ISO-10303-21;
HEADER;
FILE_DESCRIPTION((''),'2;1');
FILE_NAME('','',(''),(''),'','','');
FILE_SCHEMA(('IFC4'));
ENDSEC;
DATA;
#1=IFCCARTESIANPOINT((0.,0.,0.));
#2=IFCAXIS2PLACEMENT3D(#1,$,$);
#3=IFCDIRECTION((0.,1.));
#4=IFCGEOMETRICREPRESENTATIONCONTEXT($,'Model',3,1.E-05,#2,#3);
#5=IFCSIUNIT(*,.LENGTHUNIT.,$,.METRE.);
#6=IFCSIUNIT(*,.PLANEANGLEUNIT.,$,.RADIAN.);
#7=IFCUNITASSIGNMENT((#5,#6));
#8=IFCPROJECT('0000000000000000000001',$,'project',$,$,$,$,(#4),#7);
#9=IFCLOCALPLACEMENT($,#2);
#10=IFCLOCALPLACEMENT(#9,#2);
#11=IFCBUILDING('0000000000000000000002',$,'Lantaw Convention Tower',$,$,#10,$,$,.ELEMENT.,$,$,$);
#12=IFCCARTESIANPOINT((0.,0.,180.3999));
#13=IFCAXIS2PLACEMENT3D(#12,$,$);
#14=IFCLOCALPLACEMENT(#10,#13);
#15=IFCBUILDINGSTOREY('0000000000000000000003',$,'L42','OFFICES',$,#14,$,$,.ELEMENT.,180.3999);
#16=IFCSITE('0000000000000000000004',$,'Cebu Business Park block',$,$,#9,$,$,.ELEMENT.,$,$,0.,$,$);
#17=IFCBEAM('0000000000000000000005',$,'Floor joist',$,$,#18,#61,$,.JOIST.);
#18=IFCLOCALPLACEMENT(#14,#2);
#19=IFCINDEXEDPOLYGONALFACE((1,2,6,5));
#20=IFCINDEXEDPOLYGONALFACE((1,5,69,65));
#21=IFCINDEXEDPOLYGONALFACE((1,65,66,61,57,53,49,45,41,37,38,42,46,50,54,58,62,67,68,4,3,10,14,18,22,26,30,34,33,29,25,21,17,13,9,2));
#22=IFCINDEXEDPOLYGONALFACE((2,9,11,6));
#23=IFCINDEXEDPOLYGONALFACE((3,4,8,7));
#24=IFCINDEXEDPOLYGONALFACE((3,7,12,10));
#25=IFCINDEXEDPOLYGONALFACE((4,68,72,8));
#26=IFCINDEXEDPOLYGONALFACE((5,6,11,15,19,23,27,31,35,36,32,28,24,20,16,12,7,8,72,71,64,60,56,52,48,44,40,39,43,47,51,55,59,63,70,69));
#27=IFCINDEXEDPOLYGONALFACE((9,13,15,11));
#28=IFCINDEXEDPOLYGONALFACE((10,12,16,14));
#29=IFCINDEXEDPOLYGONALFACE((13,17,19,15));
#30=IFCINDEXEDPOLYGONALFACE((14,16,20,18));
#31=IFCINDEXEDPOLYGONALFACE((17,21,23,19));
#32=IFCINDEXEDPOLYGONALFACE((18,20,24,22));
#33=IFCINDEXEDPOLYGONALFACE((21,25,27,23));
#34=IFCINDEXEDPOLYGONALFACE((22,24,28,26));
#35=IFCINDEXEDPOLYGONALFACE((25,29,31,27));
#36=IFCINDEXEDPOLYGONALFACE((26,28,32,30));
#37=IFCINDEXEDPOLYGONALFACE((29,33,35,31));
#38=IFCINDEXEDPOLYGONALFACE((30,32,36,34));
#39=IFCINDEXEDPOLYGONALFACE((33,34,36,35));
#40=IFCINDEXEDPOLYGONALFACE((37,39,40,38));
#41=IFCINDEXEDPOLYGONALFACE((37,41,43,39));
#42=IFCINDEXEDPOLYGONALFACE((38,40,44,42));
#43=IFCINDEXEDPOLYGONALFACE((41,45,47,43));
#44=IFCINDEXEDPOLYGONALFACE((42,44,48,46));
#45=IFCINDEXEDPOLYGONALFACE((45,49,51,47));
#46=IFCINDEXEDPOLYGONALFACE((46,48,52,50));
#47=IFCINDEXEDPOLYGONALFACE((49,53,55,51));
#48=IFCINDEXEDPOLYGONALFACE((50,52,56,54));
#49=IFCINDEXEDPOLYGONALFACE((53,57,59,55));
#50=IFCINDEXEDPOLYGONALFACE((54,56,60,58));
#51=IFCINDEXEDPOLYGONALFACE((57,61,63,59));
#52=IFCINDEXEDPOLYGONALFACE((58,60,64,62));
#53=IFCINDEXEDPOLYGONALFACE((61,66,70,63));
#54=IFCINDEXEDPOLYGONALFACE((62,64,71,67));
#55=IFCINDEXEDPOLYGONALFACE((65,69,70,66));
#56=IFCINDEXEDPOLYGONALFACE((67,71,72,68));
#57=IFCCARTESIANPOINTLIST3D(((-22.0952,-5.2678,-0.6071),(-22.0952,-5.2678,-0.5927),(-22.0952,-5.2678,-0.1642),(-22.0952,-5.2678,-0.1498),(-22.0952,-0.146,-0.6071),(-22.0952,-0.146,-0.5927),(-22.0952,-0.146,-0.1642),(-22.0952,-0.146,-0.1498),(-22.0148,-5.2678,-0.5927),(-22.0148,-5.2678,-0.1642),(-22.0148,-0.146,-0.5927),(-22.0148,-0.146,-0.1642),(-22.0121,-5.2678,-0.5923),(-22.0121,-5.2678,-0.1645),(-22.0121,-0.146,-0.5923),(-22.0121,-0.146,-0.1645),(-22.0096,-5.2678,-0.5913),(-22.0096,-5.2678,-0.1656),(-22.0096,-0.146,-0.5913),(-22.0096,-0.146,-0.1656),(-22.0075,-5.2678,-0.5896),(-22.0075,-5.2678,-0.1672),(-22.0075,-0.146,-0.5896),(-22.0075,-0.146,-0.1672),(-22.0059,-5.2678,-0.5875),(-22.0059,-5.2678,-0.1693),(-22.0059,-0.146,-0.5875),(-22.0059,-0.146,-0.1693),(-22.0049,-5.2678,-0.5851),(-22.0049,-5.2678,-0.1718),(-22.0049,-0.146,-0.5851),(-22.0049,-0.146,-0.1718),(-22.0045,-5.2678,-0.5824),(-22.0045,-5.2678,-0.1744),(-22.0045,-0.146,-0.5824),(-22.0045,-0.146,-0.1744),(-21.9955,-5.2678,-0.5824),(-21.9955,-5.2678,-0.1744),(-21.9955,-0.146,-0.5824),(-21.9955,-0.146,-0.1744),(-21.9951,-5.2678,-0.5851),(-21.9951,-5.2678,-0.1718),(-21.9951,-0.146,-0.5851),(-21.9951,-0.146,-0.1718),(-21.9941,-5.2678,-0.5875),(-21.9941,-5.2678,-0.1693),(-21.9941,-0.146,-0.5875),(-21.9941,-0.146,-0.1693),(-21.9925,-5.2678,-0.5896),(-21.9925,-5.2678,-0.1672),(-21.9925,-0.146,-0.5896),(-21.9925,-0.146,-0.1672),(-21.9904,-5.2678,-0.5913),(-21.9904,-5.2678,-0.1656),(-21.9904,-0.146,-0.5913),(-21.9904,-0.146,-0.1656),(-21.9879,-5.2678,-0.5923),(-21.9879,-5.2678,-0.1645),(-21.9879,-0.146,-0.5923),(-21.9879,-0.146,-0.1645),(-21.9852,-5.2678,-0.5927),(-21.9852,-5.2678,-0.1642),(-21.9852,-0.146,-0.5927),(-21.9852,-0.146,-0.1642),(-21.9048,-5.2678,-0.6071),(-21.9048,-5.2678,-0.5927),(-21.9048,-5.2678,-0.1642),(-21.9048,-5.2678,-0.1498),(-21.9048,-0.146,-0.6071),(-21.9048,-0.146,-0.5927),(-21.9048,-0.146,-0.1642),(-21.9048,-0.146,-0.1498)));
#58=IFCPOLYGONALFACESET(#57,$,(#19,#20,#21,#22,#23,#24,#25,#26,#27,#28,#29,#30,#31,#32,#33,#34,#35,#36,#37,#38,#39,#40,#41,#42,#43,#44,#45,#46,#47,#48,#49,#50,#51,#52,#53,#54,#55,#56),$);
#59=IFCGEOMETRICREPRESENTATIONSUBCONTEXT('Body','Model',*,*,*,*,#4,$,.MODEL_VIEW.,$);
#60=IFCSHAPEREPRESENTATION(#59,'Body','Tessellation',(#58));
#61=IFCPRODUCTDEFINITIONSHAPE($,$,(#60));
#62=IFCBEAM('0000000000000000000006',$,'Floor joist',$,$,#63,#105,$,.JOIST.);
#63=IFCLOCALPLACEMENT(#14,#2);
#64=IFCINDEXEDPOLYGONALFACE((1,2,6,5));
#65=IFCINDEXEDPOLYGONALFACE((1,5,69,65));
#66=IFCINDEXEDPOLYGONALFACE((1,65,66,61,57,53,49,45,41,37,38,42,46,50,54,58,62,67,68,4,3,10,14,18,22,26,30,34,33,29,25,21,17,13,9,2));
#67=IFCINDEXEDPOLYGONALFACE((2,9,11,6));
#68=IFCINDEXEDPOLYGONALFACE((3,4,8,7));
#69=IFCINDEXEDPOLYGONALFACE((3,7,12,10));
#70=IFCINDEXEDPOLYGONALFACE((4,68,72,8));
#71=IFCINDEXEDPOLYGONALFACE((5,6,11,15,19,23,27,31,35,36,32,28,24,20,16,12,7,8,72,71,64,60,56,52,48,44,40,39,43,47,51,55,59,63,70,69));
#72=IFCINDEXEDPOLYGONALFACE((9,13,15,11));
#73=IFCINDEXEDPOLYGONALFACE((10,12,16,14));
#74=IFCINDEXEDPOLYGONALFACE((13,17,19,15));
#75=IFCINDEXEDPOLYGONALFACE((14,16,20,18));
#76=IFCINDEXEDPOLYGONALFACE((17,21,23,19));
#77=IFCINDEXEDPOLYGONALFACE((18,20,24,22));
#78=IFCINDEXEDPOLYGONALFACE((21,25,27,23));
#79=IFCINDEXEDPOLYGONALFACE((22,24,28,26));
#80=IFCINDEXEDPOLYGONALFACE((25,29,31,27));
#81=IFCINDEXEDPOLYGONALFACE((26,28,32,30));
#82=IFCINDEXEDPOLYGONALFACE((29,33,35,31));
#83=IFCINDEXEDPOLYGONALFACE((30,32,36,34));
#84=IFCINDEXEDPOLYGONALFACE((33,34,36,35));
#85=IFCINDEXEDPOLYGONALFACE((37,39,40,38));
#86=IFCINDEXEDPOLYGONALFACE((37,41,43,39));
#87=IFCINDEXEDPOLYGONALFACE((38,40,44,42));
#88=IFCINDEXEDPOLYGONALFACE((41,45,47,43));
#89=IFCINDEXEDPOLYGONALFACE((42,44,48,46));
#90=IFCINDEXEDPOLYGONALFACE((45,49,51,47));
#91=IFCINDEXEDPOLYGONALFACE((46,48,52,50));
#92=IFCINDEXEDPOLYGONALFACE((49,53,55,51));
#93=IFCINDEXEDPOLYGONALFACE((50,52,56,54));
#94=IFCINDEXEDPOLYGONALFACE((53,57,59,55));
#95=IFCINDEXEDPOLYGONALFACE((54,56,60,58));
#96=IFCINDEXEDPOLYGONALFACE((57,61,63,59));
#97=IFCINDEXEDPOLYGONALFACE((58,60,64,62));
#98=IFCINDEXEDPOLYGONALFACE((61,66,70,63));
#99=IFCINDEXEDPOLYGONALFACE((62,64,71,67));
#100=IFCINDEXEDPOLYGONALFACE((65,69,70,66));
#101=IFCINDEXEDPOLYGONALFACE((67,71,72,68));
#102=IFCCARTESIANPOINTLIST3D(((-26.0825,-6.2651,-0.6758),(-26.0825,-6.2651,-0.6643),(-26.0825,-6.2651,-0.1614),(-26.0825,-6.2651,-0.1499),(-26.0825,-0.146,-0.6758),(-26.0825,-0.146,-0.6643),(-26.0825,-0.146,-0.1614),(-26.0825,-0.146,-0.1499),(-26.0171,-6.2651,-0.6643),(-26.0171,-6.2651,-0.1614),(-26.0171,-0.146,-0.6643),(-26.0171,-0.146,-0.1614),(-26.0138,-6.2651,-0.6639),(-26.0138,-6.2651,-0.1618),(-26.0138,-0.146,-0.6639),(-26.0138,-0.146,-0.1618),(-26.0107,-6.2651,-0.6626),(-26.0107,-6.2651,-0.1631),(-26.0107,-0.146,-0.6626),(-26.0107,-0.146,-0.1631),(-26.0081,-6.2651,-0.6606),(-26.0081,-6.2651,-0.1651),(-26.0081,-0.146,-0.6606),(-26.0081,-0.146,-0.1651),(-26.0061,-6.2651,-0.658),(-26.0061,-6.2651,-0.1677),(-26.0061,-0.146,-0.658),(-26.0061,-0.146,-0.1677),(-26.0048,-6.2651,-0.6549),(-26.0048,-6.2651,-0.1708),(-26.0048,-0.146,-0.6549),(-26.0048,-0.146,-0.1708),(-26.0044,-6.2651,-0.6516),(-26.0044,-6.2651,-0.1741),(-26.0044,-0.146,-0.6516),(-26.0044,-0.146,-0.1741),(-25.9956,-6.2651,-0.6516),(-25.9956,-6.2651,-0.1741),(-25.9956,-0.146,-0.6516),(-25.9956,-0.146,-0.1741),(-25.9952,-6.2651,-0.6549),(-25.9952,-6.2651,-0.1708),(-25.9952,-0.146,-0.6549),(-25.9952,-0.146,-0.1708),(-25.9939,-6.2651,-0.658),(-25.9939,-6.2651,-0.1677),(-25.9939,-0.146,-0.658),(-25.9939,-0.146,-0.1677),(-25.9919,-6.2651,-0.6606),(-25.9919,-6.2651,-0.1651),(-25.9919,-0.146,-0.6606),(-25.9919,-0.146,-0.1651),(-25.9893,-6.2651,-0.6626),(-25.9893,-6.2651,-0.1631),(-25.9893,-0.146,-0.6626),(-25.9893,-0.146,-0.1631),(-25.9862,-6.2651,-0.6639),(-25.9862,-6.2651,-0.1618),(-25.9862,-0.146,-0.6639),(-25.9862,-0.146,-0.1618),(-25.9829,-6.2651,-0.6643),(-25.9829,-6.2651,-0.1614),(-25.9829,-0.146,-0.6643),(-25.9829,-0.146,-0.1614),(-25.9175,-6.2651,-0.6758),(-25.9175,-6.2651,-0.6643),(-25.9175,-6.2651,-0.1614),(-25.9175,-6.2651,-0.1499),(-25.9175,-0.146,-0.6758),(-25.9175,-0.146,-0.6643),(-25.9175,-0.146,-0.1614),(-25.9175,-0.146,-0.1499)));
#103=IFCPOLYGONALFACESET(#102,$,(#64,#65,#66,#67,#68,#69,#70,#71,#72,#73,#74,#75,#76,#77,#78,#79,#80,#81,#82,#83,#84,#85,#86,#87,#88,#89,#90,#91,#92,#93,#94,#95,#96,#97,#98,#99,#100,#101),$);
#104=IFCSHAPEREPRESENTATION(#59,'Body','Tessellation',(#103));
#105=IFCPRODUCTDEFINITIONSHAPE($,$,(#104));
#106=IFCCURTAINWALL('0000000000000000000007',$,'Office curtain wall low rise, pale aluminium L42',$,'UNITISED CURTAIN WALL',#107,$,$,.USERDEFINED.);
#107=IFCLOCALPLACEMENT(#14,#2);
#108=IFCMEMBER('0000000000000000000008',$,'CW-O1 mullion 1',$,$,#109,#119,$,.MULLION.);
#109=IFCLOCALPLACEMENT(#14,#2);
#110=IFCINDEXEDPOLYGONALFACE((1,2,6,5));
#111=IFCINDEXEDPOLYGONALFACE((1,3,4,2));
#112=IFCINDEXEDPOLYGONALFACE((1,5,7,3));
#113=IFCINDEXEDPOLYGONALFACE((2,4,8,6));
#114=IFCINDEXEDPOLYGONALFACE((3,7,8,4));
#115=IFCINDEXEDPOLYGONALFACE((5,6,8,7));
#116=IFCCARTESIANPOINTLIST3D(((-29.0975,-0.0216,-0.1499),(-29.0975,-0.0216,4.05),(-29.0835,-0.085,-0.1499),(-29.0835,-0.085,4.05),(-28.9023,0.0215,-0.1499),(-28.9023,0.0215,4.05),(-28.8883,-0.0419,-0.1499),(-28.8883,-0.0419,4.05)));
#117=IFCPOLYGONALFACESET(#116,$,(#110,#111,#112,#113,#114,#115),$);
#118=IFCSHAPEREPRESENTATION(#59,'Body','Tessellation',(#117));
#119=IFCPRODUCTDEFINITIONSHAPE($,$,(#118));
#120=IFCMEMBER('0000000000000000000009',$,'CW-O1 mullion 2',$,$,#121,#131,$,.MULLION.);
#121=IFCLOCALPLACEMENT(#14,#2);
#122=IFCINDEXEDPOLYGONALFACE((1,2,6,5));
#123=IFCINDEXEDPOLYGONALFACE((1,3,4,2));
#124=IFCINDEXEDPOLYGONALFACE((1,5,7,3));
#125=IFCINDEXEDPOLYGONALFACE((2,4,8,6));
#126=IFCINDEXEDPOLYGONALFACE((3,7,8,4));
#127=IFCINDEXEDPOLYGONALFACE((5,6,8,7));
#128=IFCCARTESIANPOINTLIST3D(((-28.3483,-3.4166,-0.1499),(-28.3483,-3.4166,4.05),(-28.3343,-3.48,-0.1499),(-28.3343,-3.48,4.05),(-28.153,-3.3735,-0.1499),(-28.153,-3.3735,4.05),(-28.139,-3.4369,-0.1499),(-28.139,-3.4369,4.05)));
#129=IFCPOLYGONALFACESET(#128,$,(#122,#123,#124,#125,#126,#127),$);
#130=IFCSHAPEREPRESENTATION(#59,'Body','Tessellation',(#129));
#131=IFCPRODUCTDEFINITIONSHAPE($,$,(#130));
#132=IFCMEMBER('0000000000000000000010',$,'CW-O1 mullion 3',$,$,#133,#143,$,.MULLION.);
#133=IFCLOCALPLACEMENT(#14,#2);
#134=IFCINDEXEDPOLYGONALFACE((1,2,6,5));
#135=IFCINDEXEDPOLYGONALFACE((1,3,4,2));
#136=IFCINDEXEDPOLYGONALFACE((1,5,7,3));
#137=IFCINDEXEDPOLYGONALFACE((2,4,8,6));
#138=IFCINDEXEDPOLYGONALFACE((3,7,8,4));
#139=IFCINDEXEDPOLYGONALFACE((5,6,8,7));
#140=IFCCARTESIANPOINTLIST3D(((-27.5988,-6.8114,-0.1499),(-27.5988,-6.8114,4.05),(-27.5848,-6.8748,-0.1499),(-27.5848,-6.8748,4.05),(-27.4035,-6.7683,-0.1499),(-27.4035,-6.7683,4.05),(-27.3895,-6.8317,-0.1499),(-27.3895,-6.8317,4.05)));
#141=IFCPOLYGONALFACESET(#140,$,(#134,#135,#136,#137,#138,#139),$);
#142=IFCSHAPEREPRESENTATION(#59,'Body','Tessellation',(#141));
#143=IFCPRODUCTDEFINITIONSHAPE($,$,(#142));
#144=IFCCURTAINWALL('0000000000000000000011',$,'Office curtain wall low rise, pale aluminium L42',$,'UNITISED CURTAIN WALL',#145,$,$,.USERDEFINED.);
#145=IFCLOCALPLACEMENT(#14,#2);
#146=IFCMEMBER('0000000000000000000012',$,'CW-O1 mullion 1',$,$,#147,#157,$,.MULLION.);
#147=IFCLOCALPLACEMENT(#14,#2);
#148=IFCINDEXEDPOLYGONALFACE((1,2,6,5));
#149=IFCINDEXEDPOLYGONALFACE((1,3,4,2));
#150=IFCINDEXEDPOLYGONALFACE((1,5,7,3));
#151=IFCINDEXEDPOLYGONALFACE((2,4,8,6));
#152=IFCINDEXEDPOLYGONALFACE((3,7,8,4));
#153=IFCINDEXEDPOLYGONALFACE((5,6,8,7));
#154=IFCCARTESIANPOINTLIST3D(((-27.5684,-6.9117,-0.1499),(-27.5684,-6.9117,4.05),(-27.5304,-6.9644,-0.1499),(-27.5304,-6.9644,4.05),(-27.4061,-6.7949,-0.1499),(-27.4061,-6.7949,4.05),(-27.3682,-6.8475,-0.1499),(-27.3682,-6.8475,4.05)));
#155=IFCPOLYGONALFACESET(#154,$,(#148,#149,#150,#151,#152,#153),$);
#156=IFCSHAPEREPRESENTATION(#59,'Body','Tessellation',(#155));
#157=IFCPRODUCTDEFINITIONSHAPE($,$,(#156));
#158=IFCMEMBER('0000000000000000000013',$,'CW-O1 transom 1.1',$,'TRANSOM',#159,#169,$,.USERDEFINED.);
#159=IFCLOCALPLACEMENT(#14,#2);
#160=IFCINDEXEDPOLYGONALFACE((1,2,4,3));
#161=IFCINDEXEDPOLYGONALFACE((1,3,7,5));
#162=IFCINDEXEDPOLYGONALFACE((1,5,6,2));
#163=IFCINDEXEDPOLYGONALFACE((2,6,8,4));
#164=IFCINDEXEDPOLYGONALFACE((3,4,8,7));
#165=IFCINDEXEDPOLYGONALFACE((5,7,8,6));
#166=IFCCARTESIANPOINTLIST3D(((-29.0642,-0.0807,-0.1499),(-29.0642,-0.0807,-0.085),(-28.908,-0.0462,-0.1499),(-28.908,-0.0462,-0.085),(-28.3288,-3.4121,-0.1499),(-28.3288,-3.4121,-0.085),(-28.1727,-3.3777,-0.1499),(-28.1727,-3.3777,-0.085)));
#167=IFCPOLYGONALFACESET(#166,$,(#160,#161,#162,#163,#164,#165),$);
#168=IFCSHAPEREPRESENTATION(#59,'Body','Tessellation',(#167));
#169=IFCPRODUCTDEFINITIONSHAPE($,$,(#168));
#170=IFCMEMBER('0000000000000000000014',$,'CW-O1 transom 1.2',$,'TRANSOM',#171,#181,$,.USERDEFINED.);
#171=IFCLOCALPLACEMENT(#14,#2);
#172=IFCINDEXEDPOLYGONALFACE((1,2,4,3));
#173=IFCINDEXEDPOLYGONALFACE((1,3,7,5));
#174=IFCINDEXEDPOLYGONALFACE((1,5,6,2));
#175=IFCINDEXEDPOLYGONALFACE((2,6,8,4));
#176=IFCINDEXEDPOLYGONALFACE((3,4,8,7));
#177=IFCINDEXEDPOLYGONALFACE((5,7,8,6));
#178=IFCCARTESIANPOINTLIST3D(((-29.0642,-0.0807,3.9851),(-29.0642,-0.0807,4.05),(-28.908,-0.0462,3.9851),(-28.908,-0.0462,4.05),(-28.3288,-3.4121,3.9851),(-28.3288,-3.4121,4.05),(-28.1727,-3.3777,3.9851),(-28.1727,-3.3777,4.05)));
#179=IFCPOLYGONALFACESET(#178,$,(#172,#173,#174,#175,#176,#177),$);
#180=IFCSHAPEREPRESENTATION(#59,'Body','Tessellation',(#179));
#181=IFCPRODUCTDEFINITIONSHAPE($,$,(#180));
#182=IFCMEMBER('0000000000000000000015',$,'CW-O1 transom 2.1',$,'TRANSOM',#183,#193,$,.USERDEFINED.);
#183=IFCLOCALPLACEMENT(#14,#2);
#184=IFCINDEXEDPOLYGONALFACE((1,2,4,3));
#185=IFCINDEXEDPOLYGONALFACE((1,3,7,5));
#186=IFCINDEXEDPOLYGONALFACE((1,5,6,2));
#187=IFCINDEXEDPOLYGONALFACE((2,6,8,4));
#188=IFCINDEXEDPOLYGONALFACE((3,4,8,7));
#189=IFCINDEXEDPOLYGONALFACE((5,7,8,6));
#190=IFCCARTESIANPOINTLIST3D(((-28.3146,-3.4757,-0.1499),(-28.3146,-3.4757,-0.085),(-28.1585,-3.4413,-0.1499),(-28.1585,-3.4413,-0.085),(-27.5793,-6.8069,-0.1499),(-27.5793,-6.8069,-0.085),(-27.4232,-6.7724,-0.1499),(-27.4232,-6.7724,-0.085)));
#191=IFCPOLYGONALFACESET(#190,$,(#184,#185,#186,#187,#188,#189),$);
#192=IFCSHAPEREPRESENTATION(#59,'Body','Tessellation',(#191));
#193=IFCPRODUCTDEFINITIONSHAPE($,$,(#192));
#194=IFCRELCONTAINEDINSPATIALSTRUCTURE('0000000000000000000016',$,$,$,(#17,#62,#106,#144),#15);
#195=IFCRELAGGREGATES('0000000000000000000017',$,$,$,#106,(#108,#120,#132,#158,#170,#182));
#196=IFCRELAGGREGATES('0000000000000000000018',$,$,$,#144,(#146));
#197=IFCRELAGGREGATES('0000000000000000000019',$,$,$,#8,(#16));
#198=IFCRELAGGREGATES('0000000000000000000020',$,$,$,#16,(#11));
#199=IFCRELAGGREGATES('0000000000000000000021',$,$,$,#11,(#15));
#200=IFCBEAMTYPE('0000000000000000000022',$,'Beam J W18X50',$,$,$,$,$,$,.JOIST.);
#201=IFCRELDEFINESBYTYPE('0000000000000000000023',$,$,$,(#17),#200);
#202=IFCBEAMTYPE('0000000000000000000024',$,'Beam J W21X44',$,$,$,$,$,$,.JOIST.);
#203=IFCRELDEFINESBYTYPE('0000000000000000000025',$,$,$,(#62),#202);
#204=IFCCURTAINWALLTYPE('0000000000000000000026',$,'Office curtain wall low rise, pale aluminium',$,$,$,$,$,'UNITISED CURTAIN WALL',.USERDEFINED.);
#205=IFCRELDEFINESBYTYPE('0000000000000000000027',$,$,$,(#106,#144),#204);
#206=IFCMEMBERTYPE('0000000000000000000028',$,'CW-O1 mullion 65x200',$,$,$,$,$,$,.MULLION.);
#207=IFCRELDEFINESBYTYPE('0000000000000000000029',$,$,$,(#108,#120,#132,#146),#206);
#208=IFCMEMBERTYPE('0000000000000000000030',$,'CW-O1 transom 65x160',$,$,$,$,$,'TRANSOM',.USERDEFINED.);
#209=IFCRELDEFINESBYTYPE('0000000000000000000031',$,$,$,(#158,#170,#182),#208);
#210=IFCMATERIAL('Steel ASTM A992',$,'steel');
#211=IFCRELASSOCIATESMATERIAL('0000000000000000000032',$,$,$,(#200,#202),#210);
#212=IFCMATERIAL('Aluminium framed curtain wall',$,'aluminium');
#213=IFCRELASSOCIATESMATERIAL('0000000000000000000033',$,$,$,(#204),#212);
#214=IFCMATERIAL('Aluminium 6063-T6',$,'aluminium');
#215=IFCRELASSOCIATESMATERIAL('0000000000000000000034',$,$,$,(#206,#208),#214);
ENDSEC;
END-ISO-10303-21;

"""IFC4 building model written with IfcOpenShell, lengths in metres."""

from ifc_helpers import new_model, si_unit, direction, frame, origin, origin_2d, place, context, subcontext, project, spatial, rectangle, i_section, extrude, material, material_profile, profile_set, type_object, element, aggregate, save


model = new_model("IFC4")

# Units and contexts
model_context = context("Model", 3, precision=1e-05, world=origin(), true_north=direction((0.0, 1.0)))
body_context = subcontext(model_context, "Body", "Model", "MODEL_VIEW")
ifc_project = project(units=[si_unit("LENGTHUNIT", "METRE"), si_unit("PLANEANGLEUNIT", "RADIAN")], contexts=[model_context])

# Site, building, storey
site_placement = place(None, origin())
site = spatial("IfcSite", under=ifc_project, at=site_placement, Name="Cebu Business Park block", CompositionType="ELEMENT", RefElevation=0.0)
building_placement = place(site_placement, origin())
building = spatial("IfcBuilding", under=site, at=building_placement, Name="Lantaw Convention Tower", CompositionType="ELEMENT")
storey_placement = place(building_placement, frame((0.0, 0.0, 180.3999)))
storey = spatial("IfcBuildingStorey", under=building, at=storey_placement, Name="L42", Description="OFFICES", CompositionType="ELEMENT", Elevation=180.3999)

# Beams
ifc_material_1 = material(Name="Steel ASTM A992", Category="steel")
ifc_material_profile_1 = material_profile(ifc_material_1, i_section(OverallWidth=0.1904, OverallDepth=0.4573, WebThickness=0.009, FlangeThickness=0.0144, FilletRadius=0.0103, at=origin_2d()), Name="W18X50")
ifc_profile_set_1 = profile_set([ifc_material_profile_1], Name="Steel ASTM A992")
beam_type_1 = type_object("IfcBeamType", Name="Beam J W18X50", PredefinedType="JOIST", material=ifc_profile_set_1)
beam_1_placement = place(storey_placement, frame((-22.0, -5.2678, -0.3784), z_axis=(0.0, 1.0, 0.0), x_axis=(-1.0, 0.0, 0.0)))
element("IfcBeam", 1, at=beam_1_placement, inside=storey, type_object=beam_type_1, Name="Floor joist", PredefinedType="JOIST", context=body_context, shape_type="SweptSolid", body=[
    extrude(i_section(OverallWidth=0.1904, OverallDepth=0.4573, WebThickness=0.009, FlangeThickness=0.0144, FilletRadius=0.0103, at=origin_2d()), origin(), (0.0, 0.0, 1.0), 5.1218),
])
ifc_material_profile_2 = material_profile(ifc_material_1, i_section(OverallWidth=0.165, OverallDepth=0.5259, WebThickness=0.0088, FlangeThickness=0.0115, FilletRadius=0.0127, at=origin_2d()), Name="W21X44")
ifc_profile_set_2 = profile_set([ifc_material_profile_2], Name="Steel ASTM A992")
beam_type_2 = type_object("IfcBeamType", Name="Beam J W21X44", PredefinedType="JOIST", material=ifc_profile_set_2)
beam_2_placement = place(storey_placement, frame((-26.0, -6.2651, -0.4128), z_axis=(0.0, 1.0, 0.0), x_axis=(-1.0, 0.0, 0.0)))
element("IfcBeam", 2, at=beam_2_placement, inside=storey, type_object=beam_type_2, Name="Floor joist", PredefinedType="JOIST", context=body_context, shape_type="SweptSolid", body=[
    extrude(i_section(OverallWidth=0.165, OverallDepth=0.5259, WebThickness=0.0088, FlangeThickness=0.0115, FilletRadius=0.0127, at=origin_2d()), origin(), (0.0, 0.0, 1.0), 6.1191),
])

# Curtain wall, members
ifc_material_2 = material(Name="Aluminium framed curtain wall", Category="aluminium")
curtain_wall_type = type_object("IfcCurtainWallType", Name="Office curtain wall low rise, pale aluminium", ElementType="UNITISED CURTAIN WALL", PredefinedType="USERDEFINED", material=ifc_material_2)
curtain_wall_1_placement = place(storey_placement, origin())
curtain_wall_1 = element("IfcCurtainWall", 3, at=curtain_wall_1_placement, inside=storey, type_object=curtain_wall_type, Name="Office curtain wall low rise, pale aluminium L42", ObjectType="UNITISED CURTAIN WALL", PredefinedType="USERDEFINED")
ifc_material_3 = material(Name="Aluminium 6063-T6", Category="aluminium")
ifc_material_profile_3 = material_profile(ifc_material_3, rectangle(XDim=0.2, YDim=0.0649, at=origin_2d()), Name="CW-O1 mullion 65x200")
ifc_profile_set_3 = profile_set([ifc_material_profile_3], Name="Aluminium 6063-T6")
member_type_1 = type_object("IfcMemberType", Name="CW-O1 mullion 65x200", PredefinedType="MULLION", material=ifc_profile_set_3)
member_1_placement = place(storey_placement, frame((-28.9929, -0.0317, -0.1499), z_axis=(0.0, 0.0, 1.0), x_axis=(0.976494, 0.215546, 0.0)))
member_1 = element("IfcMember", 4, at=member_1_placement, type_object=member_type_1, Name="CW-O1 mullion 1", PredefinedType="MULLION", context=body_context, shape_type="SweptSolid", body=[
    extrude(rectangle(XDim=0.2, YDim=0.0649, at=origin_2d()), origin(), (0.0, 0.0, 1.0), 4.2),
])
member_2_placement = place(storey_placement, frame((-28.2437, -3.4268, -0.1499), z_axis=(0.0, 0.0, 1.0), x_axis=(0.976494, 0.215546, 0.0)))
member_2 = element("IfcMember", 5, at=member_2_placement, type_object=member_type_1, Name="CW-O1 mullion 2", PredefinedType="MULLION", context=body_context, shape_type="SweptSolid", body=[
    extrude(rectangle(XDim=0.2, YDim=0.0649, at=origin_2d()), origin(), (0.0, 0.0, 1.0), 4.2),
])
member_3_placement = place(storey_placement, frame((-27.4941, -6.8215, -0.1499), z_axis=(0.0, 0.0, 1.0), x_axis=(0.976494, 0.215546, 0.0)))
member_3 = element("IfcMember", 6, at=member_3_placement, type_object=member_type_1, Name="CW-O1 mullion 3", PredefinedType="MULLION", context=body_context, shape_type="SweptSolid", body=[
    extrude(rectangle(XDim=0.2, YDim=0.0649, at=origin_2d()), origin(), (0.0, 0.0, 1.0), 4.2),
])

# Curtain wall, member
curtain_wall_2_placement = place(storey_placement, origin())
curtain_wall_2 = element("IfcCurtainWall", 7, at=curtain_wall_2_placement, inside=storey, type_object=curtain_wall_type, Name="Office curtain wall low rise, pale aluminium L42", ObjectType="UNITISED CURTAIN WALL", PredefinedType="USERDEFINED")
member_4_placement = place(storey_placement, frame((-27.4683, -6.8796, -0.1499), z_axis=(0.0, 0.0, 1.0), x_axis=(0.811385, 0.584513, 0.0)))
member_4 = element("IfcMember", 8, at=member_4_placement, type_object=member_type_1, Name="CW-O1 mullion 1", PredefinedType="MULLION", context=body_context, shape_type="SweptSolid", body=[
    extrude(rectangle(XDim=0.2, YDim=0.0649, at=origin_2d()), origin(), (0.0, 0.0, 1.0), 4.2),
])

# Members
ifc_material_profile_4 = material_profile(ifc_material_3, rectangle(XDim=0.1599, YDim=0.0649, at=origin_2d()), Name="CW-O1 transom 65x160")
ifc_profile_set_4 = profile_set([ifc_material_profile_4], Name="Aluminium 6063-T6")
member_type_2 = type_object("IfcMemberType", Name="CW-O1 transom 65x160", ElementType="TRANSOM", PredefinedType="USERDEFINED", material=ifc_profile_set_4)
member_5_placement = place(storey_placement, frame((-28.9861, -0.0635, -0.1174), z_axis=(0.215536, -0.976496, 0.0), x_axis=(0.976496, 0.215536, 0.0)))
member_5 = element("IfcMember", 9, at=member_5_placement, type_object=member_type_2, Name="CW-O1 transom 1.1", ObjectType="TRANSOM", PredefinedType="USERDEFINED", context=body_context, shape_type="SweptSolid", body=[
    extrude(rectangle(XDim=0.1599, YDim=0.0649, at=origin_2d()), origin(), (0.0, 0.0, 1.0), 3.4116),
])
member_6_placement = place(storey_placement, frame((-28.9861, -0.0635, 4.0176), z_axis=(0.215536, -0.976496, 0.0), x_axis=(0.976496, 0.215536, 0.0)))
member_6 = element("IfcMember", 10, at=member_6_placement, type_object=member_type_2, Name="CW-O1 transom 1.2", ObjectType="TRANSOM", PredefinedType="USERDEFINED", context=body_context, shape_type="SweptSolid", body=[
    extrude(rectangle(XDim=0.1599, YDim=0.0649, at=origin_2d()), origin(), (0.0, 0.0, 1.0), 3.4116),
])
member_7_placement = place(storey_placement, frame((-28.2366, -3.4585, -0.1174), z_axis=(0.215551, -0.976493, 0.0), x_axis=(0.976493, 0.215551, 0.0)))
member_7 = element("IfcMember", 11, at=member_7_placement, type_object=member_type_2, Name="CW-O1 transom 2.1", ObjectType="TRANSOM", PredefinedType="USERDEFINED", context=body_context, shape_type="SweptSolid", body=[
    extrude(rectangle(XDim=0.1599, YDim=0.0649, at=origin_2d()), origin(), (0.0, 0.0, 1.0), 3.4114),
])

aggregate(curtain_wall_1, [member_1, member_2, member_3, member_5, member_6, member_7])
aggregate(curtain_wall_2, [member_4])

save(model, "model.ifc")
